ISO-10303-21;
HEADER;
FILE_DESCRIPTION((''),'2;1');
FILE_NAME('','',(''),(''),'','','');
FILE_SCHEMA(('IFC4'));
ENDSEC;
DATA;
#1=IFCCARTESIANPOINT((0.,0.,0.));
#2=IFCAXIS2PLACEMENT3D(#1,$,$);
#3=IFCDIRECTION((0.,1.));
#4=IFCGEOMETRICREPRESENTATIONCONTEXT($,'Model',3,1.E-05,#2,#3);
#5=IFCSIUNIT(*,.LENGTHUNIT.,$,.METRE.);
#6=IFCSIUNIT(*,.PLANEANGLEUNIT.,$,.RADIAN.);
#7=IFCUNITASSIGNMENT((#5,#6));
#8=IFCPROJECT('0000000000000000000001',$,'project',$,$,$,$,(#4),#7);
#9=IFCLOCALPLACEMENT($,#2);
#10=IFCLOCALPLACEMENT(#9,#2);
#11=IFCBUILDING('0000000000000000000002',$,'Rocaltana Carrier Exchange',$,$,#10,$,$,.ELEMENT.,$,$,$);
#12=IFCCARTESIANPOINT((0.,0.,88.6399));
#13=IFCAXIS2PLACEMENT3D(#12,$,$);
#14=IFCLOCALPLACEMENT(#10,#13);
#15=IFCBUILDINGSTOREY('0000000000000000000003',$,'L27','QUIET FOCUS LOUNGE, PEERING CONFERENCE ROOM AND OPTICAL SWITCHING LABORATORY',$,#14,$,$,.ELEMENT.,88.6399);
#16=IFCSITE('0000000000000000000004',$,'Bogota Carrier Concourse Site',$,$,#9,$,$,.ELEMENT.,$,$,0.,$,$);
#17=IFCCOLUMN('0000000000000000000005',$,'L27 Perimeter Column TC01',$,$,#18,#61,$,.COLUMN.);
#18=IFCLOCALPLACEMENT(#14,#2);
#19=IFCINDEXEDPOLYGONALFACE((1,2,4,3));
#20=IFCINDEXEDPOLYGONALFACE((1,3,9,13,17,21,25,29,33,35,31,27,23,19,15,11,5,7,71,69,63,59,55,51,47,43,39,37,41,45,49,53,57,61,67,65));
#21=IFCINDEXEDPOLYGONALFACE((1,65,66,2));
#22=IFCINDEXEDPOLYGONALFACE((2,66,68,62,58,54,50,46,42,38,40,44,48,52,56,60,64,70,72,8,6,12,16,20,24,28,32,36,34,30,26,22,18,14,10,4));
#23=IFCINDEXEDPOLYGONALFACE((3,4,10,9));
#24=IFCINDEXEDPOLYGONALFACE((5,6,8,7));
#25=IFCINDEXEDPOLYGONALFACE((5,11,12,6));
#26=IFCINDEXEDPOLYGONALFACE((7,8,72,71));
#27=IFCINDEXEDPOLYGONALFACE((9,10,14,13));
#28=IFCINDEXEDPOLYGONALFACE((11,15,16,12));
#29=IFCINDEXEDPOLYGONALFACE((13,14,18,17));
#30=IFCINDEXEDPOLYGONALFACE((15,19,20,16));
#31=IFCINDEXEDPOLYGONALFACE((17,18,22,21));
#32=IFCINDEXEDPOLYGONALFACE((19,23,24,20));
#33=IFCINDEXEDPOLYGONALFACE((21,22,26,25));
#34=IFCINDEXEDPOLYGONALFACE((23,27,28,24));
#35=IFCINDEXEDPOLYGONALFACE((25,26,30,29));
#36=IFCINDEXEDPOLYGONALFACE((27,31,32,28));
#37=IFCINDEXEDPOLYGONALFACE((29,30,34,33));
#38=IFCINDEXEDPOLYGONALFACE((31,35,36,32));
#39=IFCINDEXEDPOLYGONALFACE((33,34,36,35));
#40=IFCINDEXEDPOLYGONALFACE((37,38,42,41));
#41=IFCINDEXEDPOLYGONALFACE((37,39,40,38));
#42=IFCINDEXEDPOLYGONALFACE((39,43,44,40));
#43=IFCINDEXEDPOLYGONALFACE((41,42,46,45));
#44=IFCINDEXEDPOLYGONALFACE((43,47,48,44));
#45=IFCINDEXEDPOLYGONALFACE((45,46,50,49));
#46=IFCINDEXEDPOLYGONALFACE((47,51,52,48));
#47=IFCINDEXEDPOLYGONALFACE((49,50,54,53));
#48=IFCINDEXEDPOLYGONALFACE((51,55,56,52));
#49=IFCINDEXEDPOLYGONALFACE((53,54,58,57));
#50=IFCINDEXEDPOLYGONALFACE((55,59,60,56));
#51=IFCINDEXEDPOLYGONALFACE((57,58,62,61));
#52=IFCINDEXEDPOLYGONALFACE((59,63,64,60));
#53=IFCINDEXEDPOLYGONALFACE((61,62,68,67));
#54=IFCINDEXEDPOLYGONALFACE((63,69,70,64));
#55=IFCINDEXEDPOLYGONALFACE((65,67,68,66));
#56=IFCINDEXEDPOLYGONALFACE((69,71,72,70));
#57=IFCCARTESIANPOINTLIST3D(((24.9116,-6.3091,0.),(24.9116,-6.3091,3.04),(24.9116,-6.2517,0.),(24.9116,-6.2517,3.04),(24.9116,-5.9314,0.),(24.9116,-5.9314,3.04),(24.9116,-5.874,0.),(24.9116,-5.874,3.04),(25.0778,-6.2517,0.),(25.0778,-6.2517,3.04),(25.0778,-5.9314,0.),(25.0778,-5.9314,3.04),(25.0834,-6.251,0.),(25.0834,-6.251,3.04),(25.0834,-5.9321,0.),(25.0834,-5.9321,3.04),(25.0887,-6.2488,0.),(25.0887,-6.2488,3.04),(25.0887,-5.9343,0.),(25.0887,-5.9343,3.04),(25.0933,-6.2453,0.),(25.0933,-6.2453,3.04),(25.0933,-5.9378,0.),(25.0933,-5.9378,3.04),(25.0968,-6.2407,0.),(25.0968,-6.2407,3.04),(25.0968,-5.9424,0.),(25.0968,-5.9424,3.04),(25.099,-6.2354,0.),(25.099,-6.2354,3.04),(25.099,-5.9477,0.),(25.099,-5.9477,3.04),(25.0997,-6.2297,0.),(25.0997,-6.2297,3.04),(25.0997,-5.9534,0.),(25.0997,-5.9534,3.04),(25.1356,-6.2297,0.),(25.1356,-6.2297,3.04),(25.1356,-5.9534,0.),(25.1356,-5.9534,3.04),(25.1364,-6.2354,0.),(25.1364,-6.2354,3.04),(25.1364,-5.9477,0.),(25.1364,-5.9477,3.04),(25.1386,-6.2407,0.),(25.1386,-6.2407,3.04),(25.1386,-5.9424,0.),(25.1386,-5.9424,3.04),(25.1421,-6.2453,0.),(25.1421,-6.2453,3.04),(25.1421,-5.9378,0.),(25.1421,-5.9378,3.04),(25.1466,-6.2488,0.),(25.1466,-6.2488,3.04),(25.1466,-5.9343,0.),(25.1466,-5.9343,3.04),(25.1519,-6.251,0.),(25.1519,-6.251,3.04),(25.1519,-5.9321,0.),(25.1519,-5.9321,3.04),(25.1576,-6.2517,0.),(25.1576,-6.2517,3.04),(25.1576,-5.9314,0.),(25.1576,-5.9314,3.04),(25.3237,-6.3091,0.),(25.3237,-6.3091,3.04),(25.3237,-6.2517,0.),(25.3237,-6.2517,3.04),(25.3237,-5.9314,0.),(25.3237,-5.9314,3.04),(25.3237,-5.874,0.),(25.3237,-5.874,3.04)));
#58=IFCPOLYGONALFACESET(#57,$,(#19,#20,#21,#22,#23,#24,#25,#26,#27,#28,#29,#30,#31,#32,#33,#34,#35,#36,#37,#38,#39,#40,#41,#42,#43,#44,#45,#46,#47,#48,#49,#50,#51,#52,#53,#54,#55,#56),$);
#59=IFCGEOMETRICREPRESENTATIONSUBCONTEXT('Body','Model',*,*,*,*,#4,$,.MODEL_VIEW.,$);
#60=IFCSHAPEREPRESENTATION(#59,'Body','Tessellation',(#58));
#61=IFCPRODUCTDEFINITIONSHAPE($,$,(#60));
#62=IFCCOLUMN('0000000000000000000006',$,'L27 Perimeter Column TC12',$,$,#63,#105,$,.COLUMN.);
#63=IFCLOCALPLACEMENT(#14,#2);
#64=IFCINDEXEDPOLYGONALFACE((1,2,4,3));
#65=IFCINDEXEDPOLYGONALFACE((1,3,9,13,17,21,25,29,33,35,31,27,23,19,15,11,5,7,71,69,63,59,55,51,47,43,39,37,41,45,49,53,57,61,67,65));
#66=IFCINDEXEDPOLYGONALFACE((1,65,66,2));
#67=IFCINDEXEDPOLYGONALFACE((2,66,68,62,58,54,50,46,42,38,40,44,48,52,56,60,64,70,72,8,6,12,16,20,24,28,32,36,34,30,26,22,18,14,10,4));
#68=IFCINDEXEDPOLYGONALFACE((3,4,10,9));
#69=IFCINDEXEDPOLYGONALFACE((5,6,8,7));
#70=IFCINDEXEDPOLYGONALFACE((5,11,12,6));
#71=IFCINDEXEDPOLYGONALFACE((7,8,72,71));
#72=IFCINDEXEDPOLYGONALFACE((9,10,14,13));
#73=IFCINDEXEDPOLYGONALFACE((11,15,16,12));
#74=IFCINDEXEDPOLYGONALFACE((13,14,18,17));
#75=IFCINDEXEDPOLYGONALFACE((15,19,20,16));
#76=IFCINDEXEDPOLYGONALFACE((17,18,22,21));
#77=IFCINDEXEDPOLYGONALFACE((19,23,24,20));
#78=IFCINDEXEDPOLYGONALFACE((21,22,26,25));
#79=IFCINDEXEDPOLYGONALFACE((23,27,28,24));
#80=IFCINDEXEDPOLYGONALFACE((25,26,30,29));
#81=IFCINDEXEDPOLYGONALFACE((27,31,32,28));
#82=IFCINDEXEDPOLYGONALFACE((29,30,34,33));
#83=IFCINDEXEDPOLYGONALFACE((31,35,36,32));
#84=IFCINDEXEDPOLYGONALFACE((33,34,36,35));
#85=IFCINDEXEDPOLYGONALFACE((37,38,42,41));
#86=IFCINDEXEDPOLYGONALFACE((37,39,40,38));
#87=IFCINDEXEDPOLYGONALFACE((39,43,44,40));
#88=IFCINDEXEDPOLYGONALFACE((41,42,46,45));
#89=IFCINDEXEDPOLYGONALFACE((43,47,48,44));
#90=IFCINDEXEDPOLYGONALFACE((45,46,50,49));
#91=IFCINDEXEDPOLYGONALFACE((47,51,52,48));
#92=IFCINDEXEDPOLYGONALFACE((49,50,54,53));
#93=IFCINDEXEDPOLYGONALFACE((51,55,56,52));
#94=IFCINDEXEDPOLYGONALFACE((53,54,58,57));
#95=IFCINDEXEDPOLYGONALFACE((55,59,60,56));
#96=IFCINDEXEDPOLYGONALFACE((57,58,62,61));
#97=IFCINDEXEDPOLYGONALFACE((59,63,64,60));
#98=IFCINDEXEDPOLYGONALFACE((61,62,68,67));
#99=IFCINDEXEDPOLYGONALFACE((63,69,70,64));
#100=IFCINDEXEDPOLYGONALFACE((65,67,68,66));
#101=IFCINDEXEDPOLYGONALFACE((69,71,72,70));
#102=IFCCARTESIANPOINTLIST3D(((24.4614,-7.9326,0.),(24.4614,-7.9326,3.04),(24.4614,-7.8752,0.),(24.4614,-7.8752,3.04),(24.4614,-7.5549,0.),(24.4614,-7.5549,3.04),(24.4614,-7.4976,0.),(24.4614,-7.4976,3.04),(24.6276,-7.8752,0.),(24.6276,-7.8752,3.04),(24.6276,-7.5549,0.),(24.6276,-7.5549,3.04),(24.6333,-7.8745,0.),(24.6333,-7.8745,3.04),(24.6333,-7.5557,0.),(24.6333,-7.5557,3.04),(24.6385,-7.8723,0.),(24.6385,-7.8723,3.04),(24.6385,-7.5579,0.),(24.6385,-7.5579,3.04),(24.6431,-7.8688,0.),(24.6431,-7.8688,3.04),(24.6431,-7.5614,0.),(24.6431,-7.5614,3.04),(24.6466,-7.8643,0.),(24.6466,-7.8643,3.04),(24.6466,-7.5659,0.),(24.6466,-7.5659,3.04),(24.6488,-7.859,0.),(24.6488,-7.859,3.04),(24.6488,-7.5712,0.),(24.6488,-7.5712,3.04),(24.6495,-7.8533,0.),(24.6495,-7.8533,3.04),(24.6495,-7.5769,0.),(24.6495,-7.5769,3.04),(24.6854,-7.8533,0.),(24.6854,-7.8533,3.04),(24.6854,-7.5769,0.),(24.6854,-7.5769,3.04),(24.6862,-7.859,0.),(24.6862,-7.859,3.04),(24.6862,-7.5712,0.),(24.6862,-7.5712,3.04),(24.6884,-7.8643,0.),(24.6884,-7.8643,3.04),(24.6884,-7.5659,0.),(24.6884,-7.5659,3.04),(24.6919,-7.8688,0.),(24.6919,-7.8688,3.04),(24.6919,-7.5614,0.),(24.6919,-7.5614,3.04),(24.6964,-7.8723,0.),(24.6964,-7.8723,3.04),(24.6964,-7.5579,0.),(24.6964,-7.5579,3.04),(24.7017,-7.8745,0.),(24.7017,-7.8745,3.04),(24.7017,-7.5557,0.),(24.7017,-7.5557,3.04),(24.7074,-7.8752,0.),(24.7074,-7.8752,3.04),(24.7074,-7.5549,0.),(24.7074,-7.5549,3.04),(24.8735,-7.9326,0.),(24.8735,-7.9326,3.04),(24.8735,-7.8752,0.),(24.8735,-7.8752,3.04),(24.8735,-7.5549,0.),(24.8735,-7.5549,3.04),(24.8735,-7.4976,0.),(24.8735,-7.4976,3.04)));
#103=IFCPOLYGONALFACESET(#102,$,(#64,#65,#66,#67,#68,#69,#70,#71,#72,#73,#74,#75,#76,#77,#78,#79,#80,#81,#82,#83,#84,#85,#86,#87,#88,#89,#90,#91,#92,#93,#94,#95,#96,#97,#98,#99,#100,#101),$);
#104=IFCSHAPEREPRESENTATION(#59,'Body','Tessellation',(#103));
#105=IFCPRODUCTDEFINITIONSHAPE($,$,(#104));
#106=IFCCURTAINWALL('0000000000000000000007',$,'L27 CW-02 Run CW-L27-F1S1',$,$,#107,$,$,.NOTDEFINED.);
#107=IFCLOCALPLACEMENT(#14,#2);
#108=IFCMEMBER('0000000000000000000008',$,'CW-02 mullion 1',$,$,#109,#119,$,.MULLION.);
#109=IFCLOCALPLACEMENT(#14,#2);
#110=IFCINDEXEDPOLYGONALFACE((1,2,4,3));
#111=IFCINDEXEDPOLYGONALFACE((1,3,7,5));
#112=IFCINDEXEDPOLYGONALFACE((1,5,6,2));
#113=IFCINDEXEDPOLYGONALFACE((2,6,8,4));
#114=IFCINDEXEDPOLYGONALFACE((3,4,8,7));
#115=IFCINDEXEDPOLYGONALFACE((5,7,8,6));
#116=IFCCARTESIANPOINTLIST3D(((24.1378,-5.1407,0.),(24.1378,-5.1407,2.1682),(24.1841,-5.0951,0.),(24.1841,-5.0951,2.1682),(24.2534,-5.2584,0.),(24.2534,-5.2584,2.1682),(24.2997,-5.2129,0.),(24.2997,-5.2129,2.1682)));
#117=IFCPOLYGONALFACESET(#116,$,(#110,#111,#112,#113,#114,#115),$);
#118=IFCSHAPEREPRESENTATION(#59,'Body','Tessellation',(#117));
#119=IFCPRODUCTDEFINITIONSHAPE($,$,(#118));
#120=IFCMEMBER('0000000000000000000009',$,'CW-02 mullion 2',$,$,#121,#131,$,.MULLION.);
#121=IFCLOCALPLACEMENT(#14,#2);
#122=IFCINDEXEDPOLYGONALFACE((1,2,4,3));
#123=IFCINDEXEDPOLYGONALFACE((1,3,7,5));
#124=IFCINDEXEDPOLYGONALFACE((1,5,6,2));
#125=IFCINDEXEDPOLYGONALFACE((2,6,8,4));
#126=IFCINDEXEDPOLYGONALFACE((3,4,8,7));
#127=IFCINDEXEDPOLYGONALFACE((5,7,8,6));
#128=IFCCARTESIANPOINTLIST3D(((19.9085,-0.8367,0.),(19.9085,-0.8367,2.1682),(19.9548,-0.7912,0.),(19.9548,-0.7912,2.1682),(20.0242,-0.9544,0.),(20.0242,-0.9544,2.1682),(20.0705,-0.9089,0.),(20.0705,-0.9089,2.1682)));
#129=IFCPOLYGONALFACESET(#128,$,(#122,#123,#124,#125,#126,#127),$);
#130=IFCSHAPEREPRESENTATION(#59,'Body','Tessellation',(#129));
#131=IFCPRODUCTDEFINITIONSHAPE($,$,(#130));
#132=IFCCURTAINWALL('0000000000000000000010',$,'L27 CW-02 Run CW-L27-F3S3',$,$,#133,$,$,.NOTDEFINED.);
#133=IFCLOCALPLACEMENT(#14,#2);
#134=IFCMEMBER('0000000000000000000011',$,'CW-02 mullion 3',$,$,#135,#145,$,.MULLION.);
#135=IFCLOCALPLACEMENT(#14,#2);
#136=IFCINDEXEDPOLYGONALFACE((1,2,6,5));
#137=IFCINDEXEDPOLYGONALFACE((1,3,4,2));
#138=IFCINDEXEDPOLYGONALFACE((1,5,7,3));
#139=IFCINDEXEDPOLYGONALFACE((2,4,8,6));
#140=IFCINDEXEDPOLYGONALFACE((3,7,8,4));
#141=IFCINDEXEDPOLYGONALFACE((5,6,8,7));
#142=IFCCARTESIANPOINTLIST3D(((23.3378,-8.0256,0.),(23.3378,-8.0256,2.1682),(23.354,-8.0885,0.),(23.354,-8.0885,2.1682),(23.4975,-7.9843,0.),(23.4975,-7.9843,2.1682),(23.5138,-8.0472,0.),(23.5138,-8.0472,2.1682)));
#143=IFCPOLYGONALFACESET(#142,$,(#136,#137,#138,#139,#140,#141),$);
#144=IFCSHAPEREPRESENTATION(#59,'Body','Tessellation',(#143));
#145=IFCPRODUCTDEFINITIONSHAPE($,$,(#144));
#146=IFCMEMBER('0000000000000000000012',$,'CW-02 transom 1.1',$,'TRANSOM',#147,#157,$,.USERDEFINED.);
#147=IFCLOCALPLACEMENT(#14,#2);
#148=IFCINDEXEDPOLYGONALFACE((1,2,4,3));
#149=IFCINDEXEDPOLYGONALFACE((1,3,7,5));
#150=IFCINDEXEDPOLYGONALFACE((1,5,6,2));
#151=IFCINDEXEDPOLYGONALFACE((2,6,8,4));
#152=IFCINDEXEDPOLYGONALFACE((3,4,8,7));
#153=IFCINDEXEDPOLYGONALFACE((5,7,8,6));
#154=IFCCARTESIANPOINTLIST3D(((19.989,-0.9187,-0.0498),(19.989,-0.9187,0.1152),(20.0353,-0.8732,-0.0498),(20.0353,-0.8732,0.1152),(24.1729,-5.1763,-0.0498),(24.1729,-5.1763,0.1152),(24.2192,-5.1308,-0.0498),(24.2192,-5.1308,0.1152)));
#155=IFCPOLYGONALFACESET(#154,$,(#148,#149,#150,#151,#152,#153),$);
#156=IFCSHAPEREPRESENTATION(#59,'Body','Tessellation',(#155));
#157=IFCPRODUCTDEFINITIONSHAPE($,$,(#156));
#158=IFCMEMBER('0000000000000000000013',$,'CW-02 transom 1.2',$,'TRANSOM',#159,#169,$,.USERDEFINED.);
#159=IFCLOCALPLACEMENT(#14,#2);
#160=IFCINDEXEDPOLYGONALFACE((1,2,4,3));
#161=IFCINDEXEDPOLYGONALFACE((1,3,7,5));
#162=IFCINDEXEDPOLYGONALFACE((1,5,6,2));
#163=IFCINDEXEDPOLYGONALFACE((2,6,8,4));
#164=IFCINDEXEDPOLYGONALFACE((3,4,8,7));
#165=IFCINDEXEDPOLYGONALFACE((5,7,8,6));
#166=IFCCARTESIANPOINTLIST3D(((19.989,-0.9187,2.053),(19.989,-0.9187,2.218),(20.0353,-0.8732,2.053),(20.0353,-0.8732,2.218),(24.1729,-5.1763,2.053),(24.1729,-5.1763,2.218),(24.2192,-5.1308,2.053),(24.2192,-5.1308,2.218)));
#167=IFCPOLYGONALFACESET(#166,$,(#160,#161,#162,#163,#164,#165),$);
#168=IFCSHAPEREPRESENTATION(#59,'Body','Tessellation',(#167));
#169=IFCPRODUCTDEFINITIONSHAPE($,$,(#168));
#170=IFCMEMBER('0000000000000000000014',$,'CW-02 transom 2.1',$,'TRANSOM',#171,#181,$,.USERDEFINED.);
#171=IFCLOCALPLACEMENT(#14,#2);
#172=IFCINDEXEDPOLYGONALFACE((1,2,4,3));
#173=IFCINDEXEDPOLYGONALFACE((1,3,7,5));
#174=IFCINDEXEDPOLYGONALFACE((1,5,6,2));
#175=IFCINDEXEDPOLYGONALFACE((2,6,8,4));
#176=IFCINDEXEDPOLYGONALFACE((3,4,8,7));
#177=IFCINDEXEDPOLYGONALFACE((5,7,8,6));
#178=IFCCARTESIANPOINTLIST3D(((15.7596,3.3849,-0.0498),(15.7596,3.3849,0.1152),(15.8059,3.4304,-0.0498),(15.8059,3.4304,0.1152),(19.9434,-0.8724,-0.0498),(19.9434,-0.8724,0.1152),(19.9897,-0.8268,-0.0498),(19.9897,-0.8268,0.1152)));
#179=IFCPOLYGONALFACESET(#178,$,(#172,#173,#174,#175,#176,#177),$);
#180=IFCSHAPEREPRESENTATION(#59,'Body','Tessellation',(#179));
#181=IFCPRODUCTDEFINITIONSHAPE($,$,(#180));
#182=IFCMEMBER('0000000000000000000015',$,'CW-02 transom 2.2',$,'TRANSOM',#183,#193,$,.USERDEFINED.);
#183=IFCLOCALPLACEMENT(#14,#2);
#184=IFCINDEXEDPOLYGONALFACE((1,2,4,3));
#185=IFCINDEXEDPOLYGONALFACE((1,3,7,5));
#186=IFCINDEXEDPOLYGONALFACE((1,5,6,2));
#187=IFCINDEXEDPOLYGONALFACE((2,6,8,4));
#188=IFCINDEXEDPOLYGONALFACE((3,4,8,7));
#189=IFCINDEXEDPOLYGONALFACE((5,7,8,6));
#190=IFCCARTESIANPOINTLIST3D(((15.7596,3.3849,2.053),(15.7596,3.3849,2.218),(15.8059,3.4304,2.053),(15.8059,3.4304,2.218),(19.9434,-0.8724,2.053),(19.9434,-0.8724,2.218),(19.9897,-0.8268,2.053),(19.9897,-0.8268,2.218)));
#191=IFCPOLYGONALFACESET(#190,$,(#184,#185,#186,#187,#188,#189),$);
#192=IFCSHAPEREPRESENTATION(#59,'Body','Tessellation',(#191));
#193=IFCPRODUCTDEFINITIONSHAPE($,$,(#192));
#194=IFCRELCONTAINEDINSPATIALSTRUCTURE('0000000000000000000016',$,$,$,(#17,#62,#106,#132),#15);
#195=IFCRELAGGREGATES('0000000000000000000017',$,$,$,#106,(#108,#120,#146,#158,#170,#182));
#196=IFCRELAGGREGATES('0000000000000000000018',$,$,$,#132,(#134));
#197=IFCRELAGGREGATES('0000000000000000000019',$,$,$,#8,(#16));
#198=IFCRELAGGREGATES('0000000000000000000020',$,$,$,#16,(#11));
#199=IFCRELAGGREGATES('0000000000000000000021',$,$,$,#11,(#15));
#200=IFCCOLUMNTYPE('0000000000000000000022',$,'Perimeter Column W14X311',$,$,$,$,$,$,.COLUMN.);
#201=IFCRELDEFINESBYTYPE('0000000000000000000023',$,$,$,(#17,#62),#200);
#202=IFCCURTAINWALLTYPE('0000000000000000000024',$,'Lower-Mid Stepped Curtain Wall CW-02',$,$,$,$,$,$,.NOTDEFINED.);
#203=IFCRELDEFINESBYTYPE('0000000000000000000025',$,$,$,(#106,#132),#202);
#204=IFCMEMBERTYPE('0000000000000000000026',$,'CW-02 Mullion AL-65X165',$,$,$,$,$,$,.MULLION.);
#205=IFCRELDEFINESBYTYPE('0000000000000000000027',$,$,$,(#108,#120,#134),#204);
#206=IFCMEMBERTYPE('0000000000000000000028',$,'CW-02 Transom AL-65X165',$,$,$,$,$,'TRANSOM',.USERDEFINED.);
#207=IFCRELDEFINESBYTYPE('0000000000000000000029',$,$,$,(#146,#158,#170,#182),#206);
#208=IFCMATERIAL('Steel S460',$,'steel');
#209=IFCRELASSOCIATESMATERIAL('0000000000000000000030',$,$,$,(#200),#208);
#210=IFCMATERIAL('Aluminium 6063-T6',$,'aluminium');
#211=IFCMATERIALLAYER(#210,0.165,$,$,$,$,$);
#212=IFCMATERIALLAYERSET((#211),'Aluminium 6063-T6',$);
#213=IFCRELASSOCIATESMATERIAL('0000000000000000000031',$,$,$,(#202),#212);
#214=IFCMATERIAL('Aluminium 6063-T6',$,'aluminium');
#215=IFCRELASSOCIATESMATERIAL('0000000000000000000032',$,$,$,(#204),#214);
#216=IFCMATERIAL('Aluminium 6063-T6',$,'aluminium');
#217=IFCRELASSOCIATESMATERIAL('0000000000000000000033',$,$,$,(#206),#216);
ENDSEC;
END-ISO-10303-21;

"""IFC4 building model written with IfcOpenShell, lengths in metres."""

from ifc_helpers import new_model, si_unit, direction, frame, origin, origin_2d, place, context, subcontext, project, spatial, rectangle, i_section, extrude, material, layer, layer_set, material_profile, profile_set, type_object, element, aggregate, save


model = new_model("IFC4")

# Units and contexts
model_context = context("Model", 3, precision=1e-05, world=origin(), true_north=direction((0.0, 1.0)))
body_context = subcontext(model_context, "Body", "Model", "MODEL_VIEW")
ifc_project = project(units=[si_unit("LENGTHUNIT", "METRE"), si_unit("PLANEANGLEUNIT", "RADIAN")], contexts=[model_context])

# Site, building, storey
site_placement = place(None, origin())
site = spatial("IfcSite", under=ifc_project, at=site_placement, Name="Bogota Carrier Concourse Site", CompositionType="ELEMENT", RefElevation=0.0)
building_placement = place(site_placement, origin())
building = spatial("IfcBuilding", under=site, at=building_placement, Name="Rocaltana Carrier Exchange", CompositionType="ELEMENT")
storey_placement = place(building_placement, frame((0.0, 0.0, 88.6399)))
storey = spatial("IfcBuildingStorey", under=building, at=storey_placement, Name="L27", Description="QUIET FOCUS LOUNGE, PEERING CONFERENCE ROOM AND OPTICAL SWITCHING LABORATORY", CompositionType="ELEMENT", Elevation=88.6399)

# Columns
ifc_material_1 = material(Name="Steel S460", Category="steel")
ifc_material_profile_1 = material_profile(ifc_material_1, i_section(OverallWidth=0.4121, OverallDepth=0.4351, WebThickness=0.0359, FlangeThickness=0.0574, FilletRadius=0.022, at=origin_2d()), Name="W14X311")
ifc_profile_set_1 = profile_set([ifc_material_profile_1], Name="Steel S460")
column_type = type_object("IfcColumnType", Name="Perimeter Column W14X311", PredefinedType="COLUMN", material=ifc_profile_set_1)
for number, where, z_axis, x_axis, name in (
    (1, (25.1177, -6.0916, 0.0), (0.0, 0.0, 1.0), (1.0, 0.0, 0.0), "L27 Perimeter Column TC01"),
    (2, (24.6675, -7.7151, 0.0), (0.0, 0.0, 1.0), (1.0, 0.0, 0.0), "L27 Perimeter Column TC12"),
):
    element("IfcColumn", number, at=place(storey_placement, frame(where, z_axis=z_axis, x_axis=x_axis)), inside=storey, type_object=column_type, Name=name, PredefinedType="COLUMN", context=body_context, shape_type="SweptSolid", body=[
        extrude(i_section(OverallWidth=0.4121, OverallDepth=0.4351, WebThickness=0.0359, FlangeThickness=0.0574, FilletRadius=0.022, at=origin_2d()), origin(), (0.0, 0.0, 1.0), 3.04),
    ])

# Curtain wall, members
ifc_material_2 = material(Name="Aluminium 6063-T6", Category="aluminium")
ifc_layer_1 = layer(ifc_material_2, 0.165)
ifc_layer_set_1 = layer_set([ifc_layer_1], Name="Aluminium 6063-T6")
curtain_wall_type = type_object("IfcCurtainWallType", Name="Lower-Mid Stepped Curtain Wall CW-02", PredefinedType="NOTDEFINED", material=ifc_layer_set_1)
curtain_wall_1_placement = place(storey_placement, origin())
curtain_wall_1 = element("IfcCurtainWall", 3, at=curtain_wall_1_placement, inside=storey, type_object=curtain_wall_type, Name="L27 CW-02 Run CW-L27-F1S1", PredefinedType="NOTDEFINED")
ifc_material_3 = material(Name="Aluminium 6063-T6", Category="aluminium")
ifc_material_profile_2 = material_profile(ifc_material_3, rectangle(XDim=0.0649, YDim=0.165, at=origin_2d()), Name="AL-65X165")
ifc_profile_set_2 = profile_set([ifc_material_profile_2], Name="Aluminium 6063-T6")
member_type_1 = type_object("IfcMemberType", Name="CW-02 Mullion AL-65X165", PredefinedType="MULLION", material=ifc_profile_set_2)
member_1_placement = place(storey_placement, frame((24.2188, -5.1768, 0.0), z_axis=(0.0, 0.0, 1.0), x_axis=(-0.713245, -0.700915, 0.0)))
member_1 = element("IfcMember", 4, at=member_1_placement, type_object=member_type_1, Name="CW-02 mullion 1", PredefinedType="MULLION", context=body_context, shape_type="SweptSolid", body=[
    extrude(rectangle(XDim=0.0649, YDim=0.165, at=origin_2d()), origin(), (0.0, 0.0, 1.0), 2.1682),
])
member_2_placement = place(storey_placement, frame((19.9895, -0.8728, 0.0), z_axis=(0.0, 0.0, 1.0), x_axis=(-0.713245, -0.700915, 0.0)))
member_2 = element("IfcMember", 5, at=member_2_placement, type_object=member_type_1, Name="CW-02 mullion 2", PredefinedType="MULLION", context=body_context, shape_type="SweptSolid", body=[
    extrude(rectangle(XDim=0.0649, YDim=0.165, at=origin_2d()), origin(), (0.0, 0.0, 1.0), 2.1682),
])

# Curtain wall, member
curtain_wall_2_placement = place(storey_placement, origin())
curtain_wall_2 = element("IfcCurtainWall", 6, at=curtain_wall_2_placement, inside=storey, type_object=curtain_wall_type, Name="L27 CW-02 Run CW-L27-F3S3", PredefinedType="NOTDEFINED")
member_3_placement = place(storey_placement, frame((23.4258, -8.0364, 0.0), z_axis=(0.0, 0.0, 1.0), x_axis=(-0.25037, 0.96815, 0.0)))
member_3 = element("IfcMember", 7, at=member_3_placement, type_object=member_type_1, Name="CW-02 mullion 3", PredefinedType="MULLION", context=body_context, shape_type="SweptSolid", body=[
    extrude(rectangle(XDim=0.0649, YDim=0.165, at=origin_2d()), origin(), (0.0, 0.0, 1.0), 2.1682),
])

# Members
ifc_material_4 = material(Name="Aluminium 6063-T6", Category="aluminium")
ifc_material_profile_3 = material_profile(ifc_material_4, rectangle(XDim=0.0649, YDim=0.165, at=origin_2d()), Name="AL-65X165")
ifc_profile_set_3 = profile_set([ifc_material_profile_3], Name="Aluminium 6063-T6")
member_type_2 = type_object("IfcMemberType", Name="CW-02 Transom AL-65X165", ElementType="TRANSOM", PredefinedType="USERDEFINED", material=ifc_profile_set_3)
member_4_placement = place(storey_placement, frame((24.196, -5.1536, 0.0327), z_axis=(-0.700904, 0.713256, 0.0), x_axis=(-0.713256, -0.700904, 0.0)))
member_4 = element("IfcMember", 8, at=member_4_placement, type_object=member_type_2, Name="CW-02 transom 1.1", ObjectType="TRANSOM", PredefinedType="USERDEFINED", context=body_context, shape_type="SweptSolid", body=[
    extrude(rectangle(XDim=0.0649, YDim=0.165, at=origin_2d()), origin(), (0.0, 0.0, 1.0), 5.9692),
])
member_5_placement = place(storey_placement, frame((24.196, -5.1536, 2.1355), z_axis=(-0.700904, 0.713256, 0.0), x_axis=(-0.713256, -0.700904, 0.0)))
member_5 = element("IfcMember", 9, at=member_5_placement, type_object=member_type_2, Name="CW-02 transom 1.2", ObjectType="TRANSOM", PredefinedType="USERDEFINED", context=body_context, shape_type="SweptSolid", body=[
    extrude(rectangle(XDim=0.0649, YDim=0.165, at=origin_2d()), origin(), (0.0, 0.0, 1.0), 5.9692),
])
member_6_placement = place(storey_placement, frame((19.9666, -0.8496, 0.0327), z_axis=(-0.700924, 0.713236, 0.0), x_axis=(-0.713236, -0.700924, 0.0)))
member_6 = element("IfcMember", 10, at=member_6_placement, type_object=member_type_2, Name="CW-02 transom 2.1", ObjectType="TRANSOM", PredefinedType="USERDEFINED", context=body_context, shape_type="SweptSolid", body=[
    extrude(rectangle(XDim=0.0649, YDim=0.165, at=origin_2d()), origin(), (0.0, 0.0, 1.0), 5.969),
])
member_7_placement = place(storey_placement, frame((19.9666, -0.8496, 2.1355), z_axis=(-0.700924, 0.713236, 0.0), x_axis=(-0.713236, -0.700924, 0.0)))
member_7 = element("IfcMember", 11, at=member_7_placement, type_object=member_type_2, Name="CW-02 transom 2.2", ObjectType="TRANSOM", PredefinedType="USERDEFINED", context=body_context, shape_type="SweptSolid", body=[
    extrude(rectangle(XDim=0.0649, YDim=0.165, at=origin_2d()), origin(), (0.0, 0.0, 1.0), 5.969),
])

aggregate(curtain_wall_1, [member_1, member_2, member_4, member_5, member_6, member_7])
aggregate(curtain_wall_2, [member_3])

save(model, "model.ifc")
